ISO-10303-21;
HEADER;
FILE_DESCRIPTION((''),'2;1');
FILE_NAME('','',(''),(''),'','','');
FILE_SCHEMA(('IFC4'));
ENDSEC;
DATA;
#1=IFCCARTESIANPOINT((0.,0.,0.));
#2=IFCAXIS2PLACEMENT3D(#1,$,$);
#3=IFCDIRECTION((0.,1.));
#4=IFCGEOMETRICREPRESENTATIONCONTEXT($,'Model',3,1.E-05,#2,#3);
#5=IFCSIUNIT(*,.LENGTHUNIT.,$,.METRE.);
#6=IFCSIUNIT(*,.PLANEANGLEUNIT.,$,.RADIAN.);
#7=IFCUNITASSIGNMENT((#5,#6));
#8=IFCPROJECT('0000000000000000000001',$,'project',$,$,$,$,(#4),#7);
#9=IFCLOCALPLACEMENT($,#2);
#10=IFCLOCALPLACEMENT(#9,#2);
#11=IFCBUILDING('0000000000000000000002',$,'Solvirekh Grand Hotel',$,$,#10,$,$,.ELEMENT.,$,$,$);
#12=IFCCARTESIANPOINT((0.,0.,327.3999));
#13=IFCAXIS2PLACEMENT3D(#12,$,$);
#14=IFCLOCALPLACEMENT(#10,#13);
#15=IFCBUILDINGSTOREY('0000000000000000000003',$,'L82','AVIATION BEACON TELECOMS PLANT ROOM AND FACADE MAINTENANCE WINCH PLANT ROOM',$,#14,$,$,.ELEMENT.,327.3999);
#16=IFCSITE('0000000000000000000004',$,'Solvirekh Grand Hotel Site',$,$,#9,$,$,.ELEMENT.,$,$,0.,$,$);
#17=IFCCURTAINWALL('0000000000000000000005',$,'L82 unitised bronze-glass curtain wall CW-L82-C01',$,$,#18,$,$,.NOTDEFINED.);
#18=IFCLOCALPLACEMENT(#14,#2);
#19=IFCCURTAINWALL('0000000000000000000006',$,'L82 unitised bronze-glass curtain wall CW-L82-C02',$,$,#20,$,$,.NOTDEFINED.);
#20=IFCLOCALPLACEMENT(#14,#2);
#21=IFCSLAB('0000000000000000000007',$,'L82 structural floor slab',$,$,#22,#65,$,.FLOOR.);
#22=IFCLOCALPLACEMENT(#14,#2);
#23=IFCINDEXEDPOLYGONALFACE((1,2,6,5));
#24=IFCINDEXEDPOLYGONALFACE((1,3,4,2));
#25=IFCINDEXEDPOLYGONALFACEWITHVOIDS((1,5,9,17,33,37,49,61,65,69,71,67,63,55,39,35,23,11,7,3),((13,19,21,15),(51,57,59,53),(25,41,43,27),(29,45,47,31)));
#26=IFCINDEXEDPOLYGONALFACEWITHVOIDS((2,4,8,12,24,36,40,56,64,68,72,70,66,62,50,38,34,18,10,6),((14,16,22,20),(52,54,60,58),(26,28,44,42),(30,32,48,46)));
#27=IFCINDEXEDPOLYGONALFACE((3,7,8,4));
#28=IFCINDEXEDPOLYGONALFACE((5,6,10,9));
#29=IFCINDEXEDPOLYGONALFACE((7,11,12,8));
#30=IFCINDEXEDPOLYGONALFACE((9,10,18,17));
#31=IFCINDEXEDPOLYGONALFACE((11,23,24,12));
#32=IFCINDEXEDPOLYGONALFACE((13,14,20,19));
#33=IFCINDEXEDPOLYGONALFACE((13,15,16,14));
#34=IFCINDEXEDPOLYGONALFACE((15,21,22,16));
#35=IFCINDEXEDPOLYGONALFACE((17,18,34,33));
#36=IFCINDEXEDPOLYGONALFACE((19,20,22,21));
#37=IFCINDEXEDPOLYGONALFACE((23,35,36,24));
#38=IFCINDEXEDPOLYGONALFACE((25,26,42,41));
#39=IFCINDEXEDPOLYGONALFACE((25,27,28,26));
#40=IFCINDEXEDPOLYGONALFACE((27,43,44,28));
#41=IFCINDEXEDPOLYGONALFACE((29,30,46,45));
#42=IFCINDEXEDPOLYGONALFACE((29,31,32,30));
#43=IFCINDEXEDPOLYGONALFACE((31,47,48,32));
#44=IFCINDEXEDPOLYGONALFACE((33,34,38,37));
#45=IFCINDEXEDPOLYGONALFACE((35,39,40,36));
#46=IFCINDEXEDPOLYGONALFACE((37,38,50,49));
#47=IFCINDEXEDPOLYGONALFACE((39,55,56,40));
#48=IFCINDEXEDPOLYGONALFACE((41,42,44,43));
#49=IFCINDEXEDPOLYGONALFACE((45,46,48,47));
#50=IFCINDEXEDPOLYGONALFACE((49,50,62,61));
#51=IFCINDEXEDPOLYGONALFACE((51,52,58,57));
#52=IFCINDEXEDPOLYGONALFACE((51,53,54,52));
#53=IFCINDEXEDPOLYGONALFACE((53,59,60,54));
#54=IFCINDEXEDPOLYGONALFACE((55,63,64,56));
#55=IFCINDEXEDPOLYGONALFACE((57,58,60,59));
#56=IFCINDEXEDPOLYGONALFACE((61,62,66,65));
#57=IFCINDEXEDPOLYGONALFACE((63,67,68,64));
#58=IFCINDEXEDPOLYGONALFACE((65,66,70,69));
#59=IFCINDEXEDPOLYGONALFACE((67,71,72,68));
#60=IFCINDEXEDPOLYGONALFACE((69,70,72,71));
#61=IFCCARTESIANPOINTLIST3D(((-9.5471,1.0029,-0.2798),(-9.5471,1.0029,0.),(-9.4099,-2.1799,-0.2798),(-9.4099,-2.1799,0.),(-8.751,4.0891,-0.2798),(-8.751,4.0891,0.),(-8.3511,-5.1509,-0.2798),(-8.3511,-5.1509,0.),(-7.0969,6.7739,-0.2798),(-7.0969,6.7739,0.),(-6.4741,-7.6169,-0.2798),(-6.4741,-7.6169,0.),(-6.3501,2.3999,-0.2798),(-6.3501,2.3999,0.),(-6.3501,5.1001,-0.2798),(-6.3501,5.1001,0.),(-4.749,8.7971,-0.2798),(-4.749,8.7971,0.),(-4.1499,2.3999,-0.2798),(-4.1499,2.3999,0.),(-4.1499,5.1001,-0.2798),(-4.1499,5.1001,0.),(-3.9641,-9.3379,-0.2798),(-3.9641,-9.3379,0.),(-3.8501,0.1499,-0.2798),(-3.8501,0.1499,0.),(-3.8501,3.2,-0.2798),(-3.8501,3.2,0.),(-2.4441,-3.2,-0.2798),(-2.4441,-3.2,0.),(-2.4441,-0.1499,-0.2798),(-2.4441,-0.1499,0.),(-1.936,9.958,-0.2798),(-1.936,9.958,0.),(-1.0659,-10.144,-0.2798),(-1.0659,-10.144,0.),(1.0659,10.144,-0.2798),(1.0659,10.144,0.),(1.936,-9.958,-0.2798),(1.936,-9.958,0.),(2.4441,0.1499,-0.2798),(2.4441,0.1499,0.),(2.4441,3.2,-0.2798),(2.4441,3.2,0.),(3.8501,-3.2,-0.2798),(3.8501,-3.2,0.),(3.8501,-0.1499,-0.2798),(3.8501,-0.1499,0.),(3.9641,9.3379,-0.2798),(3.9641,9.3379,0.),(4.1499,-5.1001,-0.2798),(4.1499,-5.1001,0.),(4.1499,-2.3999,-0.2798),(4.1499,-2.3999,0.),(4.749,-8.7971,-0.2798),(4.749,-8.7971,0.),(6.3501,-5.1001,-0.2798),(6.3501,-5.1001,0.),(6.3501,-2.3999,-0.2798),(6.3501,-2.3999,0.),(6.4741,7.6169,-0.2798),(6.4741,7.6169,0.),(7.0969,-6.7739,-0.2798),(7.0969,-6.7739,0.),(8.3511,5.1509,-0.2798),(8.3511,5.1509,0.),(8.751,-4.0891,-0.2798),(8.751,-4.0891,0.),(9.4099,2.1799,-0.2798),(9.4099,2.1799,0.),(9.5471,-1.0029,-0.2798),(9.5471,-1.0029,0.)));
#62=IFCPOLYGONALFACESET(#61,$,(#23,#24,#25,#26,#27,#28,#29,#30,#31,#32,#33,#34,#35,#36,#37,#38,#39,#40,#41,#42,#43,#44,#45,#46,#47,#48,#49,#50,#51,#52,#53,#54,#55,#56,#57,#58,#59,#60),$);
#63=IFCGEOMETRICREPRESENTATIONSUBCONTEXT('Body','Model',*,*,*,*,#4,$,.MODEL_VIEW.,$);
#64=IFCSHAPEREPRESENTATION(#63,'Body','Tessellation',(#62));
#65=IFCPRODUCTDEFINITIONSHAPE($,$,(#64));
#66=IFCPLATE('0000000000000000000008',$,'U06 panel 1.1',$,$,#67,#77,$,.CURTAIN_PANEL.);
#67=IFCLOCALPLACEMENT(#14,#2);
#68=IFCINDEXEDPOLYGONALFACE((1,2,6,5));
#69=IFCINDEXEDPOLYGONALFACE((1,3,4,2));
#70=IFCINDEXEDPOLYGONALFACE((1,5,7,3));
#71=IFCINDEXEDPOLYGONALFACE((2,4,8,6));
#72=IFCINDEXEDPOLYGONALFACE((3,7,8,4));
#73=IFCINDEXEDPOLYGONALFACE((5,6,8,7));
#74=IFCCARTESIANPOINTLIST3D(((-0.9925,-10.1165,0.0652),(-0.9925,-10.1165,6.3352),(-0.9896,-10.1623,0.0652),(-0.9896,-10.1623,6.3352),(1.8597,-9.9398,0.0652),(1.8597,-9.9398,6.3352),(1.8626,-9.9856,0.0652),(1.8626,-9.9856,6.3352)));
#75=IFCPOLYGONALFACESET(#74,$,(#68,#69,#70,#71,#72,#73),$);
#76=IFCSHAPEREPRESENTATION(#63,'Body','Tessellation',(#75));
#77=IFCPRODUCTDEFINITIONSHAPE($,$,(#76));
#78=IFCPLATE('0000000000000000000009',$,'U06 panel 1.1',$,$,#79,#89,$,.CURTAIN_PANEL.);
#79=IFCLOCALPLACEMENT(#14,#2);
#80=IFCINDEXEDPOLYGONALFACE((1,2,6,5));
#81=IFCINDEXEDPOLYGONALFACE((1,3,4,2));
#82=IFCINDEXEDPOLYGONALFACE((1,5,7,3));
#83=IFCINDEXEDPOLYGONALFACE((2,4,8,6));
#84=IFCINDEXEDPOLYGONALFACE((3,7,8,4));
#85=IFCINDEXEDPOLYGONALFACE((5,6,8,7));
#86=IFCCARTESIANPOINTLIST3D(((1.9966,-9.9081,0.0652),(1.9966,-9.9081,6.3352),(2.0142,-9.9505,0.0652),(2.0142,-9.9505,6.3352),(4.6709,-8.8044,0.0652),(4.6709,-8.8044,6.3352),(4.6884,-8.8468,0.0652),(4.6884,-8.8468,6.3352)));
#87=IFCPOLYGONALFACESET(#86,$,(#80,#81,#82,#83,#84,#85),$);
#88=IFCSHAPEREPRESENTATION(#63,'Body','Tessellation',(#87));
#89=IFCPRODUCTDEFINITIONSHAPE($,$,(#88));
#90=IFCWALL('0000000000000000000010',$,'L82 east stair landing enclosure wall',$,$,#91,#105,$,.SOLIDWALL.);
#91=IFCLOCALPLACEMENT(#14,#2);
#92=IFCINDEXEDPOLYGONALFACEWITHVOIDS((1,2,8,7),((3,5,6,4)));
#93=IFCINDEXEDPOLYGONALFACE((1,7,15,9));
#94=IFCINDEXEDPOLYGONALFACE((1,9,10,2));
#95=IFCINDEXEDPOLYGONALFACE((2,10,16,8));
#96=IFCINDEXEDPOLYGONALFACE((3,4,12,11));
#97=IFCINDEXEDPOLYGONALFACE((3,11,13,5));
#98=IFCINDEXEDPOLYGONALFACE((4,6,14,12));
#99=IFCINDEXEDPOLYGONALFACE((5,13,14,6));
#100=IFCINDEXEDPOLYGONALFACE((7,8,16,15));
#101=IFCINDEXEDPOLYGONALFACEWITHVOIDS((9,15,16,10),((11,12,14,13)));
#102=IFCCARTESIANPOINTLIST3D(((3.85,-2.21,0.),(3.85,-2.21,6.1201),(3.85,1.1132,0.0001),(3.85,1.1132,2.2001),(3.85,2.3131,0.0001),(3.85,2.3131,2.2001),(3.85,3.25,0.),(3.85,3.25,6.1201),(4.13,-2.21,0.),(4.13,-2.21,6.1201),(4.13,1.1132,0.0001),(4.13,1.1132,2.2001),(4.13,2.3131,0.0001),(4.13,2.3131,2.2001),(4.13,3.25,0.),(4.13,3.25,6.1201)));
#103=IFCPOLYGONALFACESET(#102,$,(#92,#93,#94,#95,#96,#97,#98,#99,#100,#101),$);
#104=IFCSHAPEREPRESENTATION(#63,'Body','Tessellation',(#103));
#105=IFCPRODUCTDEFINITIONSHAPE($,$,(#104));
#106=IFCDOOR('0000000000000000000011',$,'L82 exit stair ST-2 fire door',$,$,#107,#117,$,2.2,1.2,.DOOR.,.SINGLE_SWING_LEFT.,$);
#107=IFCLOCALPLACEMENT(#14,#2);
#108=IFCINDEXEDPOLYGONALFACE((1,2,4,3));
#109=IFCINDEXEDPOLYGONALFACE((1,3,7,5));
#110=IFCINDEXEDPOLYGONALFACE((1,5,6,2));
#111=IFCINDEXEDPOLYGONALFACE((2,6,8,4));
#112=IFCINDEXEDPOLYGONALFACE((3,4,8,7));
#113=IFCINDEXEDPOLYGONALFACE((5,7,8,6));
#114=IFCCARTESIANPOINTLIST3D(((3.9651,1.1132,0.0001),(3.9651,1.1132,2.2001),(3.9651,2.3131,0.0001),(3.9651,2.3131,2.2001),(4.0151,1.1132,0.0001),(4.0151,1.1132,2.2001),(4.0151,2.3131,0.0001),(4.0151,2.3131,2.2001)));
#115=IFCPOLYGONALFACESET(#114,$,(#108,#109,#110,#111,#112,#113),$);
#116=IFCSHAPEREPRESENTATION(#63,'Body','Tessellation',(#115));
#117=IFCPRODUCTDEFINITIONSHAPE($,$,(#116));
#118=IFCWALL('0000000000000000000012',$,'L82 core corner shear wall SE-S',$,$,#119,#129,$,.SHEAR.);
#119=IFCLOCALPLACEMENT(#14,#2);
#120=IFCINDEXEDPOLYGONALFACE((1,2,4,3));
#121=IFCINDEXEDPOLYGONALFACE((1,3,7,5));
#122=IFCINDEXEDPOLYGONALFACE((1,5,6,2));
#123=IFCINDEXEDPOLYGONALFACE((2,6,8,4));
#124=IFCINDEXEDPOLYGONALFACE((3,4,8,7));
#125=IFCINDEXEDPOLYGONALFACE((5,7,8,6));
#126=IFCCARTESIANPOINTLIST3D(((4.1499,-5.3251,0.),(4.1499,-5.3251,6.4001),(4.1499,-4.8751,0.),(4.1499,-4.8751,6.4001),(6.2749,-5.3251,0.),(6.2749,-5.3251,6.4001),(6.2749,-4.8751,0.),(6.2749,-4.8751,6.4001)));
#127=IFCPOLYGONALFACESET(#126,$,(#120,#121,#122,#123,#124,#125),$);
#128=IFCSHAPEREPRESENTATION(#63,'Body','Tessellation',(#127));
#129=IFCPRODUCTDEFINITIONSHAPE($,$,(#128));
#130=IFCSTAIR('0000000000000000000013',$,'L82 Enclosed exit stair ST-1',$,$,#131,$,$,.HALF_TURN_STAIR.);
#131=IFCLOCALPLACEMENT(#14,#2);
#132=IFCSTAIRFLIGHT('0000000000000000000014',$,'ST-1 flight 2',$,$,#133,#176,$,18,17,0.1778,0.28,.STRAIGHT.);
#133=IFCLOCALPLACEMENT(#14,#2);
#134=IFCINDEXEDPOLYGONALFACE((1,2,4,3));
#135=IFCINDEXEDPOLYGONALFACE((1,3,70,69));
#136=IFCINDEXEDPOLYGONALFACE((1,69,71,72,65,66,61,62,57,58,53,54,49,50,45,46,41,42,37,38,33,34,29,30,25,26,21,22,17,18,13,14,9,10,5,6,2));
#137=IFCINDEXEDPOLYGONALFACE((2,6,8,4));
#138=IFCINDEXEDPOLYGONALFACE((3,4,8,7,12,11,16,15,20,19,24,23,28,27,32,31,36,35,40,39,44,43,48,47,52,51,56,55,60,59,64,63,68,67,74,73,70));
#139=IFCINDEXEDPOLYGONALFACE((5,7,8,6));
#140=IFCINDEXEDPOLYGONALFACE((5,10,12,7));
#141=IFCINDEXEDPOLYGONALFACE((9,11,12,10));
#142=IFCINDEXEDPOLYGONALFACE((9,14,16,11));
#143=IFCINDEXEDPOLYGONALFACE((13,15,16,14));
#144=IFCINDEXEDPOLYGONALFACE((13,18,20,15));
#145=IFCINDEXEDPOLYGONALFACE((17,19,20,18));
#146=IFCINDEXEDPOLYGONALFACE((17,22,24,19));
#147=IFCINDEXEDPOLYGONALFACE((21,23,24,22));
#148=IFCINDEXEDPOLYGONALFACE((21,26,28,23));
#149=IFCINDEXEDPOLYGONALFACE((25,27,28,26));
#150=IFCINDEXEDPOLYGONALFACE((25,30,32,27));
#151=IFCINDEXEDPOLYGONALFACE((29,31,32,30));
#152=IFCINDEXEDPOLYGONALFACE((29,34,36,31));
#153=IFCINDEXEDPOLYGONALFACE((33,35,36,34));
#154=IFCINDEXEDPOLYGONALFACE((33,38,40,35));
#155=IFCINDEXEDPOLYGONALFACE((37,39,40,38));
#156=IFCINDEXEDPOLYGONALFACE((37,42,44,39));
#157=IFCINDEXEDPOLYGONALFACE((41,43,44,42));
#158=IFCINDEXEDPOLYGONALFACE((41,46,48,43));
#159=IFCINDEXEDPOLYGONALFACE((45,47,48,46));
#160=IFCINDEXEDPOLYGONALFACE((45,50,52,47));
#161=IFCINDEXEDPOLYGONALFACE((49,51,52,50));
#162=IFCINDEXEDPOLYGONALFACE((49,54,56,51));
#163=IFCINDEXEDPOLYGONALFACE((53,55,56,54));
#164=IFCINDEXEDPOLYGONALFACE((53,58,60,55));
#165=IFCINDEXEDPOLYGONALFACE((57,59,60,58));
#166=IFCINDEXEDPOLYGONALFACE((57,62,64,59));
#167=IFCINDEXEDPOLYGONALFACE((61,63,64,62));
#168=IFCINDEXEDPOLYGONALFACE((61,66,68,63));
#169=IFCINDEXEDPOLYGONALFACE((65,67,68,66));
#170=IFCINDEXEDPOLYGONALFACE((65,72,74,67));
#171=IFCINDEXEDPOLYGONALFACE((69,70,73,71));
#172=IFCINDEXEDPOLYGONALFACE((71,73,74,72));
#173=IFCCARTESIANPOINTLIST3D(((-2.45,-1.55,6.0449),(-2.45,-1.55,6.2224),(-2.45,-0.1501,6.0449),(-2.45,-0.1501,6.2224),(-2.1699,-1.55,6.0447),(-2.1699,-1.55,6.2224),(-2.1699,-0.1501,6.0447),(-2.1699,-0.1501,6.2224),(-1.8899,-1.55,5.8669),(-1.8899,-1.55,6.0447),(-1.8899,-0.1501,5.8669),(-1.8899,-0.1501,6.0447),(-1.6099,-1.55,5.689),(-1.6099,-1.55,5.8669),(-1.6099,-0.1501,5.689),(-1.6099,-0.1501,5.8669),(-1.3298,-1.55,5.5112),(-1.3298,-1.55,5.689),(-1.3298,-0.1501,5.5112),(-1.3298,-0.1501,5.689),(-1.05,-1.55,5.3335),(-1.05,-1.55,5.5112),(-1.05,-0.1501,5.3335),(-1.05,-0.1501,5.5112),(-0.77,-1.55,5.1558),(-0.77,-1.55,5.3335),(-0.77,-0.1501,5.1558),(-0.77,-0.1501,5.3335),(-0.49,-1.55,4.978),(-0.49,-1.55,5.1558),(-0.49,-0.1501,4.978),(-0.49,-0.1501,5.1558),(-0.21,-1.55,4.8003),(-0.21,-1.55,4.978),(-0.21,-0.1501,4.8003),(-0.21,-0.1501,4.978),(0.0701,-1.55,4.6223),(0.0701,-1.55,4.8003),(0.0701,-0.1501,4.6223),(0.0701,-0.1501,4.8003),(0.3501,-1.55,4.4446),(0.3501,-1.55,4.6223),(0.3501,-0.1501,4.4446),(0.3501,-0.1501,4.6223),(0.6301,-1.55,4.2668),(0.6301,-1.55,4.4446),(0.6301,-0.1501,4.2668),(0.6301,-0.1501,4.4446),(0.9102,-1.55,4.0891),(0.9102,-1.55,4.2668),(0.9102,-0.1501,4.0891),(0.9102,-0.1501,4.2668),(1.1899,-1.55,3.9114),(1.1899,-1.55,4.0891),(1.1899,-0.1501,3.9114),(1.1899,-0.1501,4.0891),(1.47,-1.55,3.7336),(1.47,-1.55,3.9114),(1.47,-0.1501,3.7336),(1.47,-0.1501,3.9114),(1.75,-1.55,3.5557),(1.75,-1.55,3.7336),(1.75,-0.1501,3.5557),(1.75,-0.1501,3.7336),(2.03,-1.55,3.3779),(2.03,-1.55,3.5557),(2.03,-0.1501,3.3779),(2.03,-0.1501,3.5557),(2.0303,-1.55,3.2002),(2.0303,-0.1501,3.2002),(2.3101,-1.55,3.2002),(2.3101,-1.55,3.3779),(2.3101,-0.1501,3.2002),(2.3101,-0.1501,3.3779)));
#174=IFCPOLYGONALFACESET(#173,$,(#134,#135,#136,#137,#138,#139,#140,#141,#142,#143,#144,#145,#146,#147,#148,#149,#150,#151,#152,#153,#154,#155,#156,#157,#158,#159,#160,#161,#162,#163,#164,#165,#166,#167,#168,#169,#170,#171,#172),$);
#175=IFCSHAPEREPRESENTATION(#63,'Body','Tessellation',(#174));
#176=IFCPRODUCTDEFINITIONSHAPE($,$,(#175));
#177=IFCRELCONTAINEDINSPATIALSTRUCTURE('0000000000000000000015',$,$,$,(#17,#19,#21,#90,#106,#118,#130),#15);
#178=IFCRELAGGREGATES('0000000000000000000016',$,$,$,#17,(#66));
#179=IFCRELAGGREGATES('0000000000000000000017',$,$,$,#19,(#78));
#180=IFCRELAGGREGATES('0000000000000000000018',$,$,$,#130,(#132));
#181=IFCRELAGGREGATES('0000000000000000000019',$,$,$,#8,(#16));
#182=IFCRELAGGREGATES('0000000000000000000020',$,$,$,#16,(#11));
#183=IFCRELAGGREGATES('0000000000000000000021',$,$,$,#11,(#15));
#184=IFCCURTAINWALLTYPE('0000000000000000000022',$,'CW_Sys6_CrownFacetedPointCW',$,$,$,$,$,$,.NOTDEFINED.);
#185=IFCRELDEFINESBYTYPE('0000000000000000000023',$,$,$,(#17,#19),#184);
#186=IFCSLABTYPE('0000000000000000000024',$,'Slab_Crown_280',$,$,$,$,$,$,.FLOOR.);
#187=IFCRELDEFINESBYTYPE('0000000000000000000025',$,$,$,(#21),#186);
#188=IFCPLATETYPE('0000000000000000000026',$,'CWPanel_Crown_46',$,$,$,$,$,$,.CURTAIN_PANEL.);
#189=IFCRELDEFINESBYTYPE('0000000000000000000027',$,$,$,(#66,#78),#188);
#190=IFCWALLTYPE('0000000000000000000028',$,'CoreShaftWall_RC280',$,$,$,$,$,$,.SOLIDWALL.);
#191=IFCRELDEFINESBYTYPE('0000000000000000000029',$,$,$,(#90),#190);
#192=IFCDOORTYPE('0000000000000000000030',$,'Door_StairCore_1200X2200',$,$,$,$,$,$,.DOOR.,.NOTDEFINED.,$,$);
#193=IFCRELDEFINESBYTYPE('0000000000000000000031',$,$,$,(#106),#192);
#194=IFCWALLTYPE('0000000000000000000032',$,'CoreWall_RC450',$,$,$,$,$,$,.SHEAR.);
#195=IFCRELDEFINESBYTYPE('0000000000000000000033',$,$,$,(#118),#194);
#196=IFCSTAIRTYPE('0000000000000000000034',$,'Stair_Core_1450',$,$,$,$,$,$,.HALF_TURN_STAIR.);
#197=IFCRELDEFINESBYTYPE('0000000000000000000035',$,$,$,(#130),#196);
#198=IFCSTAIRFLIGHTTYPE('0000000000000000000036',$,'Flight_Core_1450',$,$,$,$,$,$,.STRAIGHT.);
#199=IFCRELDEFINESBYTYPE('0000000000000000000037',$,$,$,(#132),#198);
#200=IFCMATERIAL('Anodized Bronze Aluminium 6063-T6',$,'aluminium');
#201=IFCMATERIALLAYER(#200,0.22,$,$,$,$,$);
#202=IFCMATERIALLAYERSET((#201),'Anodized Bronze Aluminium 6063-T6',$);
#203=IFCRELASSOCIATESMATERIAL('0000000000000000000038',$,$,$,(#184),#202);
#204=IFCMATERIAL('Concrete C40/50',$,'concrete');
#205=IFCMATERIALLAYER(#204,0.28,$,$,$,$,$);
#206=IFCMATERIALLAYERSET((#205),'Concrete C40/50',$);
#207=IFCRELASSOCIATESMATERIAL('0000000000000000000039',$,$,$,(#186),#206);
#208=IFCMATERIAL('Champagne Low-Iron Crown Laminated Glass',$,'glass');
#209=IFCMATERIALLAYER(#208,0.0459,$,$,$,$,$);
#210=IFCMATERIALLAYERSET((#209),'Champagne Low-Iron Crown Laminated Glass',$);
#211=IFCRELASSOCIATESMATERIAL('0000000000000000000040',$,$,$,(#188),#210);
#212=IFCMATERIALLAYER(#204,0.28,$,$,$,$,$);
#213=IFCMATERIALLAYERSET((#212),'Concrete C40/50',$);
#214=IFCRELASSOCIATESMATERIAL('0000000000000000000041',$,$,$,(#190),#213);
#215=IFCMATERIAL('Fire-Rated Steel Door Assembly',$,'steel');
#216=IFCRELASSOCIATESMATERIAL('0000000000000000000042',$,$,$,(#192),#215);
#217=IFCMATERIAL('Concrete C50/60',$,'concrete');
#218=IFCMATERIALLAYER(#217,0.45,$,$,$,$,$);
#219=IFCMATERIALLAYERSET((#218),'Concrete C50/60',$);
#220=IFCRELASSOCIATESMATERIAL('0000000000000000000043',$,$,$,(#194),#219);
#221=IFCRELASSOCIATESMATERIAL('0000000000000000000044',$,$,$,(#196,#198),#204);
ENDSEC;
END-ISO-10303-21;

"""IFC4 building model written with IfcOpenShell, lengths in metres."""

from ifc_helpers import new_model, si_unit, direction, frame, frame_2d, origin, origin_2d, place, context, subcontext, project, spatial, polyline, rectangle, outline, extrude, source, transform, mapped, material, layer, layer_set, type_object, element, fill, aggregate, save


model = new_model("IFC4")

# Units and contexts
model_context = context("Model", 3, precision=1e-05, world=origin(), true_north=direction((0.0, 1.0)))
body_context = subcontext(model_context, "Body", "Model", "MODEL_VIEW")
ifc_project = project(units=[si_unit("LENGTHUNIT", "METRE"), si_unit("PLANEANGLEUNIT", "RADIAN")], contexts=[model_context])

# Site, building, storey
site_placement = place(None, origin())
site = spatial("IfcSite", under=ifc_project, at=site_placement, Name="Solvirekh Grand Hotel Site", CompositionType="ELEMENT", RefElevation=0.0)
building_placement = place(site_placement, origin())
building = spatial("IfcBuilding", under=site, at=building_placement, Name="Solvirekh Grand Hotel", CompositionType="ELEMENT")
storey_placement = place(building_placement, frame((0.0, 0.0, 327.3999)))
storey = spatial("IfcBuildingStorey", under=building, at=storey_placement, Name="L82", Description="AVIATION BEACON TELECOMS PLANT ROOM AND FACADE MAINTENANCE WINCH PLANT ROOM", CompositionType="ELEMENT", Elevation=327.3999)

# Curtain walls
ifc_material_1 = material(Name="Anodized Bronze Aluminium 6063-T6", Category="aluminium")
ifc_layer_1 = layer(ifc_material_1, 0.22)
ifc_layer_set_1 = layer_set([ifc_layer_1], Name="Anodized Bronze Aluminium 6063-T6")
curtain_wall_type = type_object("IfcCurtainWallType", Name="CW_Sys6_CrownFacetedPointCW", PredefinedType="NOTDEFINED", material=ifc_layer_set_1)
curtain_wall_1_placement = place(storey_placement, origin())
curtain_wall_1 = element("IfcCurtainWall", 1, at=curtain_wall_1_placement, inside=storey, type_object=curtain_wall_type, Name="L82 unitised bronze-glass curtain wall CW-L82-C01", PredefinedType="NOTDEFINED")
curtain_wall_2_placement = place(storey_placement, origin())
curtain_wall_2 = element("IfcCurtainWall", 2, at=curtain_wall_2_placement, inside=storey, type_object=curtain_wall_type, Name="L82 unitised bronze-glass curtain wall CW-L82-C02", PredefinedType="NOTDEFINED")

# Slab
ifc_material_2 = material(Name="Concrete C40/50", Category="concrete")
ifc_layer_2 = layer(ifc_material_2, 0.28)
ifc_layer_set_2 = layer_set([ifc_layer_2], Name="Concrete C40/50")
slab_type = type_object("IfcSlabType", Name="Slab_Crown_280", PredefinedType="FLOOR", material=ifc_layer_set_2)
slab_placement = place(storey_placement, frame((0.0, 0.0, -0.2798)))
element("IfcSlab", 3, at=slab_placement, inside=storey, type_object=slab_type, Name="L82 structural floor slab", PredefinedType="FLOOR", context=body_context, shape_type="SweptSolid", body=[
    extrude(outline(polyline([(-1.0659, -10.144), (1.936, -9.958), (4.749, -8.7971), (7.0969, -6.7739), (8.751, -4.0891), (9.5471, -1.0029), (9.4099, 2.1799), (8.3511, 5.1509), (6.4741, 7.6169), (3.9641, 9.3379), (1.0659, 10.144), (-1.936, 9.958), (-4.749, 8.7971), (-7.0969, 6.7739), (-8.751, 4.0891), (-9.5471, 1.0029), (-9.4099, -2.1799), (-8.3511, -5.1509), (-6.4741, -7.6169), (-3.9641, -9.3379), (-1.0659, -10.144)]), holes=[polyline([(-2.4441, -0.1499), (3.8501, -0.1499), (3.8501, -3.2), (-2.4441, -3.2), (-2.4441, -0.1499)]), polyline([(2.4441, 0.1499), (-3.8501, 0.1499), (-3.8501, 3.2), (2.4441, 3.2), (2.4441, 0.1499)]), polyline([(-6.3501, 5.1001), (-4.1499, 5.1001), (-4.1499, 2.3999), (-6.3501, 2.3999), (-6.3501, 5.1001)]), polyline([(4.1499, -2.3999), (6.3501, -2.3999), (6.3501, -5.1001), (4.1499, -5.1001), (4.1499, -2.3999)])]), origin(), (0.0, 0.0, 1.0), 0.2798),
])

# Plates
ifc_material_3 = material(Name="Champagne Low-Iron Crown Laminated Glass", Category="glass")
ifc_layer_3 = layer(ifc_material_3, 0.0459)
ifc_layer_set_3 = layer_set([ifc_layer_3], Name="Champagne Low-Iron Crown Laminated Glass")
plate_type_1 = type_object("IfcPlateType", Name="CWPanel_Crown_46", PredefinedType="CURTAIN_PANEL", material=ifc_layer_set_3)
shared_shape_1 = source(origin(), body_context, "Body", "SweptSolid", [
    extrude(rectangle(XDim=2.8577, YDim=0.0459, at=origin_2d()), origin(), (0.0, 0.0, 1.0), 6.27),
])
plate_1_placement = place(storey_placement, frame((0.4351, -10.051, 0.0652), z_axis=(0.0, 0.0, 1.0), x_axis=(0.998086, 0.06184, 0.0)))
plate_1 = element("IfcPlate", 4, at=plate_1_placement, type_object=plate_type_1, Name="U06 panel 1.1", PredefinedType="CURTAIN_PANEL", context=body_context, shape_type="MappedRepresentation", body=[
    mapped(shared_shape_1, transform((0.0, 0.0, 0.0), x_axis=(1.0, 0.0, 0.0), y_axis=(0.0, 1.0, 0.0), z_axis=(0.0, 0.0, 1.0), scale=1.0)),
])
aggregate(curtain_wall_1, [plate_1])
shared_shape_2 = source(origin(), body_context, "Body", "SweptSolid", [
    extrude(rectangle(XDim=2.8931, YDim=0.0459, at=origin_2d()), origin(), (0.0, 0.0, 1.0), 6.27),
])
plate_2_placement = place(storey_placement, frame((3.3425, -9.3774, 0.0652), z_axis=(0.0, 0.0, 1.0), x_axis=(0.924365, 0.38151, 0.0)))
plate_2 = element("IfcPlate", 5, at=plate_2_placement, type_object=plate_type_1, Name="U06 panel 1.1", PredefinedType="CURTAIN_PANEL", context=body_context, shape_type="MappedRepresentation", body=[
    mapped(shared_shape_2, transform((0.0, 0.0, 0.0), x_axis=(1.0, 0.0, 0.0), y_axis=(0.0, 1.0, 0.0), z_axis=(0.0, 0.0, 1.0), scale=1.0)),
])
aggregate(curtain_wall_2, [plate_2])

# Wall, opening, door
ifc_layer_4 = layer(ifc_material_2, 0.28)
ifc_layer_set_4 = layer_set([ifc_layer_4], Name="Concrete C40/50")
wall_type_1 = type_object("IfcWallType", Name="CoreShaftWall_RC280", PredefinedType="SOLIDWALL", material=ifc_layer_set_4)
wall_1_placement = place(storey_placement, frame((3.99, -2.21, 0.0), z_axis=(0.0, 0.0, 1.0), x_axis=(0.0, 1.0, 0.0)))
wall_1 = element("IfcWall", 6, at=wall_1_placement, inside=storey, type_object=wall_type_1, Name="L82 east stair landing enclosure wall", PredefinedType="SOLIDWALL", context=body_context, shape_type="SweptSolid", body=[
    extrude(rectangle(XDim=5.46, YDim=0.28, at=frame_2d((2.73, 0.0))), origin(), (0.0, 0.0, 1.0), 6.1201),
])
opening_placement = place(wall_1_placement, frame((3.323, 0.0, 0.0)))
opening = element("IfcOpeningElement", 7, at=opening_placement, cuts=wall_1, PredefinedType="OPENING", context=body_context, shape_type="SweptSolid", body=[
    extrude(rectangle(XDim=1.2, YDim=2.2, at=frame_2d((0.6001, 1.1001))), frame((0.0, 0.1499, 0.0), z_axis=(0.0, -1.0, 0.0), x_axis=(1.0, 0.0, 0.0)), (0.0, 0.0, 1.0), 0.3),
])
ifc_material_4 = material(Name="Fire-Rated Steel Door Assembly", Category="steel")
door_type = type_object("IfcDoorType", Name="Door_StairCore_1200X2200", OperationType="NOTDEFINED", PredefinedType="DOOR", material=ifc_material_4)
door_placement = place(opening_placement, origin())
door = element("IfcDoor", 8, at=door_placement, inside=storey, type_object=door_type, Name="L82 exit stair ST-2 fire door", OperationType="SINGLE_SWING_LEFT", OverallHeight=2.2, OverallWidth=1.2, PredefinedType="DOOR", context=body_context, shape_type="SweptSolid", body=[
    extrude(rectangle(XDim=1.2, YDim=2.2, at=frame_2d((0.6001, 1.1001))), frame((0.0, 0.0249, 0.0), z_axis=(0.0, -1.0, 0.0), x_axis=(1.0, 0.0, 0.0)), (0.0, 0.0, 1.0), 0.05),
])
fill(opening, door)

# Wall
ifc_material_5 = material(Name="Concrete C50/60", Category="concrete")
ifc_layer_5 = layer(ifc_material_5, 0.45)
ifc_layer_set_5 = layer_set([ifc_layer_5], Name="Concrete C50/60")
wall_type_2 = type_object("IfcWallType", Name="CoreWall_RC450", PredefinedType="SHEAR", material=ifc_layer_set_5)
wall_2_placement = place(storey_placement, frame((4.1499, -5.1001, 0.0), z_axis=(0.0, 0.0, 1.0), x_axis=(1.0, 0.0, 0.0)))
element("IfcWall", 9, at=wall_2_placement, inside=storey, type_object=wall_type_2, Name="L82 core corner shear wall SE-S", PredefinedType="SHEAR", context=body_context, shape_type="SweptSolid", body=[
    extrude(rectangle(XDim=2.125, YDim=0.45, at=frame_2d((1.0625, 0.0))), origin(), (0.0, 0.0, 1.0), 6.4001),
])

# Stair, stair flight
stair_type = type_object("IfcStairType", Name="Stair_Core_1450", PredefinedType="HALF_TURN_STAIR", material=ifc_material_2)
stair_placement = place(storey_placement, origin())
stair = element("IfcStair", 10, at=stair_placement, inside=storey, type_object=stair_type, Name="L82 Enclosed exit stair ST-1", PredefinedType="HALF_TURN_STAIR")
stair_flight_type = type_object("IfcStairFlightType", Name="Flight_Core_1450", PredefinedType="STRAIGHT", material=ifc_material_2)
stair_flight_placement = place(storey_placement, frame((2.3101, -0.8501, 3.2002), z_axis=(0.0, 0.0, 1.0), x_axis=(-1.0, 0.0, 0.0)))
stair_flight = element("IfcStairFlight", 11, at=stair_flight_placement, type_object=stair_flight_type, Name="ST-1 flight 2", NumberOfRisers=18, NumberOfTreads=17, PredefinedType="STRAIGHT", RiserHeight=0.1778, TreadLength=0.28, context=body_context, shape_type="SweptSolid", body=[
    extrude(outline(polyline([(0.0, 0.0), (0.0, 0.1777), (0.28, 0.1777), (0.28, 0.3555), (0.5601, 0.3555), (0.5601, 0.5334), (0.8401, 0.5334), (0.8401, 0.7112), (1.1201, 0.7112), (1.1201, 0.8889), (1.3999, 0.8889), (1.3999, 1.0667), (1.6799, 1.0667), (1.6799, 1.2444), (1.96, 1.2444), (1.96, 1.4221), (2.24, 1.4221), (2.24, 1.6001), (2.52, 1.6001), (2.52, 1.7778), (2.8, 1.7778), (2.8, 1.9556), (3.0801, 1.9556), (3.0801, 2.1333), (3.3601, 2.1333), (3.3601, 2.311), (3.6399, 2.311), (3.6399, 2.4888), (3.9199, 2.4888), (3.9199, 2.6667), (4.2, 2.6667), (4.2, 2.8445), (4.48, 2.8445), (4.48, 3.0222), (4.76, 3.0222), (4.76, 3.2), (4.76, 2.8447), (0.2798, 0.0), (0.0, 0.0)])), frame((0.0, 0.7, 0.0), z_axis=(0.0, -1.0, 0.0), x_axis=(1.0, 0.0, 0.0)), (0.0, 0.0, 1.0), 1.3999),
])
aggregate(stair, [stair_flight])

save(model, "model.ifc")
